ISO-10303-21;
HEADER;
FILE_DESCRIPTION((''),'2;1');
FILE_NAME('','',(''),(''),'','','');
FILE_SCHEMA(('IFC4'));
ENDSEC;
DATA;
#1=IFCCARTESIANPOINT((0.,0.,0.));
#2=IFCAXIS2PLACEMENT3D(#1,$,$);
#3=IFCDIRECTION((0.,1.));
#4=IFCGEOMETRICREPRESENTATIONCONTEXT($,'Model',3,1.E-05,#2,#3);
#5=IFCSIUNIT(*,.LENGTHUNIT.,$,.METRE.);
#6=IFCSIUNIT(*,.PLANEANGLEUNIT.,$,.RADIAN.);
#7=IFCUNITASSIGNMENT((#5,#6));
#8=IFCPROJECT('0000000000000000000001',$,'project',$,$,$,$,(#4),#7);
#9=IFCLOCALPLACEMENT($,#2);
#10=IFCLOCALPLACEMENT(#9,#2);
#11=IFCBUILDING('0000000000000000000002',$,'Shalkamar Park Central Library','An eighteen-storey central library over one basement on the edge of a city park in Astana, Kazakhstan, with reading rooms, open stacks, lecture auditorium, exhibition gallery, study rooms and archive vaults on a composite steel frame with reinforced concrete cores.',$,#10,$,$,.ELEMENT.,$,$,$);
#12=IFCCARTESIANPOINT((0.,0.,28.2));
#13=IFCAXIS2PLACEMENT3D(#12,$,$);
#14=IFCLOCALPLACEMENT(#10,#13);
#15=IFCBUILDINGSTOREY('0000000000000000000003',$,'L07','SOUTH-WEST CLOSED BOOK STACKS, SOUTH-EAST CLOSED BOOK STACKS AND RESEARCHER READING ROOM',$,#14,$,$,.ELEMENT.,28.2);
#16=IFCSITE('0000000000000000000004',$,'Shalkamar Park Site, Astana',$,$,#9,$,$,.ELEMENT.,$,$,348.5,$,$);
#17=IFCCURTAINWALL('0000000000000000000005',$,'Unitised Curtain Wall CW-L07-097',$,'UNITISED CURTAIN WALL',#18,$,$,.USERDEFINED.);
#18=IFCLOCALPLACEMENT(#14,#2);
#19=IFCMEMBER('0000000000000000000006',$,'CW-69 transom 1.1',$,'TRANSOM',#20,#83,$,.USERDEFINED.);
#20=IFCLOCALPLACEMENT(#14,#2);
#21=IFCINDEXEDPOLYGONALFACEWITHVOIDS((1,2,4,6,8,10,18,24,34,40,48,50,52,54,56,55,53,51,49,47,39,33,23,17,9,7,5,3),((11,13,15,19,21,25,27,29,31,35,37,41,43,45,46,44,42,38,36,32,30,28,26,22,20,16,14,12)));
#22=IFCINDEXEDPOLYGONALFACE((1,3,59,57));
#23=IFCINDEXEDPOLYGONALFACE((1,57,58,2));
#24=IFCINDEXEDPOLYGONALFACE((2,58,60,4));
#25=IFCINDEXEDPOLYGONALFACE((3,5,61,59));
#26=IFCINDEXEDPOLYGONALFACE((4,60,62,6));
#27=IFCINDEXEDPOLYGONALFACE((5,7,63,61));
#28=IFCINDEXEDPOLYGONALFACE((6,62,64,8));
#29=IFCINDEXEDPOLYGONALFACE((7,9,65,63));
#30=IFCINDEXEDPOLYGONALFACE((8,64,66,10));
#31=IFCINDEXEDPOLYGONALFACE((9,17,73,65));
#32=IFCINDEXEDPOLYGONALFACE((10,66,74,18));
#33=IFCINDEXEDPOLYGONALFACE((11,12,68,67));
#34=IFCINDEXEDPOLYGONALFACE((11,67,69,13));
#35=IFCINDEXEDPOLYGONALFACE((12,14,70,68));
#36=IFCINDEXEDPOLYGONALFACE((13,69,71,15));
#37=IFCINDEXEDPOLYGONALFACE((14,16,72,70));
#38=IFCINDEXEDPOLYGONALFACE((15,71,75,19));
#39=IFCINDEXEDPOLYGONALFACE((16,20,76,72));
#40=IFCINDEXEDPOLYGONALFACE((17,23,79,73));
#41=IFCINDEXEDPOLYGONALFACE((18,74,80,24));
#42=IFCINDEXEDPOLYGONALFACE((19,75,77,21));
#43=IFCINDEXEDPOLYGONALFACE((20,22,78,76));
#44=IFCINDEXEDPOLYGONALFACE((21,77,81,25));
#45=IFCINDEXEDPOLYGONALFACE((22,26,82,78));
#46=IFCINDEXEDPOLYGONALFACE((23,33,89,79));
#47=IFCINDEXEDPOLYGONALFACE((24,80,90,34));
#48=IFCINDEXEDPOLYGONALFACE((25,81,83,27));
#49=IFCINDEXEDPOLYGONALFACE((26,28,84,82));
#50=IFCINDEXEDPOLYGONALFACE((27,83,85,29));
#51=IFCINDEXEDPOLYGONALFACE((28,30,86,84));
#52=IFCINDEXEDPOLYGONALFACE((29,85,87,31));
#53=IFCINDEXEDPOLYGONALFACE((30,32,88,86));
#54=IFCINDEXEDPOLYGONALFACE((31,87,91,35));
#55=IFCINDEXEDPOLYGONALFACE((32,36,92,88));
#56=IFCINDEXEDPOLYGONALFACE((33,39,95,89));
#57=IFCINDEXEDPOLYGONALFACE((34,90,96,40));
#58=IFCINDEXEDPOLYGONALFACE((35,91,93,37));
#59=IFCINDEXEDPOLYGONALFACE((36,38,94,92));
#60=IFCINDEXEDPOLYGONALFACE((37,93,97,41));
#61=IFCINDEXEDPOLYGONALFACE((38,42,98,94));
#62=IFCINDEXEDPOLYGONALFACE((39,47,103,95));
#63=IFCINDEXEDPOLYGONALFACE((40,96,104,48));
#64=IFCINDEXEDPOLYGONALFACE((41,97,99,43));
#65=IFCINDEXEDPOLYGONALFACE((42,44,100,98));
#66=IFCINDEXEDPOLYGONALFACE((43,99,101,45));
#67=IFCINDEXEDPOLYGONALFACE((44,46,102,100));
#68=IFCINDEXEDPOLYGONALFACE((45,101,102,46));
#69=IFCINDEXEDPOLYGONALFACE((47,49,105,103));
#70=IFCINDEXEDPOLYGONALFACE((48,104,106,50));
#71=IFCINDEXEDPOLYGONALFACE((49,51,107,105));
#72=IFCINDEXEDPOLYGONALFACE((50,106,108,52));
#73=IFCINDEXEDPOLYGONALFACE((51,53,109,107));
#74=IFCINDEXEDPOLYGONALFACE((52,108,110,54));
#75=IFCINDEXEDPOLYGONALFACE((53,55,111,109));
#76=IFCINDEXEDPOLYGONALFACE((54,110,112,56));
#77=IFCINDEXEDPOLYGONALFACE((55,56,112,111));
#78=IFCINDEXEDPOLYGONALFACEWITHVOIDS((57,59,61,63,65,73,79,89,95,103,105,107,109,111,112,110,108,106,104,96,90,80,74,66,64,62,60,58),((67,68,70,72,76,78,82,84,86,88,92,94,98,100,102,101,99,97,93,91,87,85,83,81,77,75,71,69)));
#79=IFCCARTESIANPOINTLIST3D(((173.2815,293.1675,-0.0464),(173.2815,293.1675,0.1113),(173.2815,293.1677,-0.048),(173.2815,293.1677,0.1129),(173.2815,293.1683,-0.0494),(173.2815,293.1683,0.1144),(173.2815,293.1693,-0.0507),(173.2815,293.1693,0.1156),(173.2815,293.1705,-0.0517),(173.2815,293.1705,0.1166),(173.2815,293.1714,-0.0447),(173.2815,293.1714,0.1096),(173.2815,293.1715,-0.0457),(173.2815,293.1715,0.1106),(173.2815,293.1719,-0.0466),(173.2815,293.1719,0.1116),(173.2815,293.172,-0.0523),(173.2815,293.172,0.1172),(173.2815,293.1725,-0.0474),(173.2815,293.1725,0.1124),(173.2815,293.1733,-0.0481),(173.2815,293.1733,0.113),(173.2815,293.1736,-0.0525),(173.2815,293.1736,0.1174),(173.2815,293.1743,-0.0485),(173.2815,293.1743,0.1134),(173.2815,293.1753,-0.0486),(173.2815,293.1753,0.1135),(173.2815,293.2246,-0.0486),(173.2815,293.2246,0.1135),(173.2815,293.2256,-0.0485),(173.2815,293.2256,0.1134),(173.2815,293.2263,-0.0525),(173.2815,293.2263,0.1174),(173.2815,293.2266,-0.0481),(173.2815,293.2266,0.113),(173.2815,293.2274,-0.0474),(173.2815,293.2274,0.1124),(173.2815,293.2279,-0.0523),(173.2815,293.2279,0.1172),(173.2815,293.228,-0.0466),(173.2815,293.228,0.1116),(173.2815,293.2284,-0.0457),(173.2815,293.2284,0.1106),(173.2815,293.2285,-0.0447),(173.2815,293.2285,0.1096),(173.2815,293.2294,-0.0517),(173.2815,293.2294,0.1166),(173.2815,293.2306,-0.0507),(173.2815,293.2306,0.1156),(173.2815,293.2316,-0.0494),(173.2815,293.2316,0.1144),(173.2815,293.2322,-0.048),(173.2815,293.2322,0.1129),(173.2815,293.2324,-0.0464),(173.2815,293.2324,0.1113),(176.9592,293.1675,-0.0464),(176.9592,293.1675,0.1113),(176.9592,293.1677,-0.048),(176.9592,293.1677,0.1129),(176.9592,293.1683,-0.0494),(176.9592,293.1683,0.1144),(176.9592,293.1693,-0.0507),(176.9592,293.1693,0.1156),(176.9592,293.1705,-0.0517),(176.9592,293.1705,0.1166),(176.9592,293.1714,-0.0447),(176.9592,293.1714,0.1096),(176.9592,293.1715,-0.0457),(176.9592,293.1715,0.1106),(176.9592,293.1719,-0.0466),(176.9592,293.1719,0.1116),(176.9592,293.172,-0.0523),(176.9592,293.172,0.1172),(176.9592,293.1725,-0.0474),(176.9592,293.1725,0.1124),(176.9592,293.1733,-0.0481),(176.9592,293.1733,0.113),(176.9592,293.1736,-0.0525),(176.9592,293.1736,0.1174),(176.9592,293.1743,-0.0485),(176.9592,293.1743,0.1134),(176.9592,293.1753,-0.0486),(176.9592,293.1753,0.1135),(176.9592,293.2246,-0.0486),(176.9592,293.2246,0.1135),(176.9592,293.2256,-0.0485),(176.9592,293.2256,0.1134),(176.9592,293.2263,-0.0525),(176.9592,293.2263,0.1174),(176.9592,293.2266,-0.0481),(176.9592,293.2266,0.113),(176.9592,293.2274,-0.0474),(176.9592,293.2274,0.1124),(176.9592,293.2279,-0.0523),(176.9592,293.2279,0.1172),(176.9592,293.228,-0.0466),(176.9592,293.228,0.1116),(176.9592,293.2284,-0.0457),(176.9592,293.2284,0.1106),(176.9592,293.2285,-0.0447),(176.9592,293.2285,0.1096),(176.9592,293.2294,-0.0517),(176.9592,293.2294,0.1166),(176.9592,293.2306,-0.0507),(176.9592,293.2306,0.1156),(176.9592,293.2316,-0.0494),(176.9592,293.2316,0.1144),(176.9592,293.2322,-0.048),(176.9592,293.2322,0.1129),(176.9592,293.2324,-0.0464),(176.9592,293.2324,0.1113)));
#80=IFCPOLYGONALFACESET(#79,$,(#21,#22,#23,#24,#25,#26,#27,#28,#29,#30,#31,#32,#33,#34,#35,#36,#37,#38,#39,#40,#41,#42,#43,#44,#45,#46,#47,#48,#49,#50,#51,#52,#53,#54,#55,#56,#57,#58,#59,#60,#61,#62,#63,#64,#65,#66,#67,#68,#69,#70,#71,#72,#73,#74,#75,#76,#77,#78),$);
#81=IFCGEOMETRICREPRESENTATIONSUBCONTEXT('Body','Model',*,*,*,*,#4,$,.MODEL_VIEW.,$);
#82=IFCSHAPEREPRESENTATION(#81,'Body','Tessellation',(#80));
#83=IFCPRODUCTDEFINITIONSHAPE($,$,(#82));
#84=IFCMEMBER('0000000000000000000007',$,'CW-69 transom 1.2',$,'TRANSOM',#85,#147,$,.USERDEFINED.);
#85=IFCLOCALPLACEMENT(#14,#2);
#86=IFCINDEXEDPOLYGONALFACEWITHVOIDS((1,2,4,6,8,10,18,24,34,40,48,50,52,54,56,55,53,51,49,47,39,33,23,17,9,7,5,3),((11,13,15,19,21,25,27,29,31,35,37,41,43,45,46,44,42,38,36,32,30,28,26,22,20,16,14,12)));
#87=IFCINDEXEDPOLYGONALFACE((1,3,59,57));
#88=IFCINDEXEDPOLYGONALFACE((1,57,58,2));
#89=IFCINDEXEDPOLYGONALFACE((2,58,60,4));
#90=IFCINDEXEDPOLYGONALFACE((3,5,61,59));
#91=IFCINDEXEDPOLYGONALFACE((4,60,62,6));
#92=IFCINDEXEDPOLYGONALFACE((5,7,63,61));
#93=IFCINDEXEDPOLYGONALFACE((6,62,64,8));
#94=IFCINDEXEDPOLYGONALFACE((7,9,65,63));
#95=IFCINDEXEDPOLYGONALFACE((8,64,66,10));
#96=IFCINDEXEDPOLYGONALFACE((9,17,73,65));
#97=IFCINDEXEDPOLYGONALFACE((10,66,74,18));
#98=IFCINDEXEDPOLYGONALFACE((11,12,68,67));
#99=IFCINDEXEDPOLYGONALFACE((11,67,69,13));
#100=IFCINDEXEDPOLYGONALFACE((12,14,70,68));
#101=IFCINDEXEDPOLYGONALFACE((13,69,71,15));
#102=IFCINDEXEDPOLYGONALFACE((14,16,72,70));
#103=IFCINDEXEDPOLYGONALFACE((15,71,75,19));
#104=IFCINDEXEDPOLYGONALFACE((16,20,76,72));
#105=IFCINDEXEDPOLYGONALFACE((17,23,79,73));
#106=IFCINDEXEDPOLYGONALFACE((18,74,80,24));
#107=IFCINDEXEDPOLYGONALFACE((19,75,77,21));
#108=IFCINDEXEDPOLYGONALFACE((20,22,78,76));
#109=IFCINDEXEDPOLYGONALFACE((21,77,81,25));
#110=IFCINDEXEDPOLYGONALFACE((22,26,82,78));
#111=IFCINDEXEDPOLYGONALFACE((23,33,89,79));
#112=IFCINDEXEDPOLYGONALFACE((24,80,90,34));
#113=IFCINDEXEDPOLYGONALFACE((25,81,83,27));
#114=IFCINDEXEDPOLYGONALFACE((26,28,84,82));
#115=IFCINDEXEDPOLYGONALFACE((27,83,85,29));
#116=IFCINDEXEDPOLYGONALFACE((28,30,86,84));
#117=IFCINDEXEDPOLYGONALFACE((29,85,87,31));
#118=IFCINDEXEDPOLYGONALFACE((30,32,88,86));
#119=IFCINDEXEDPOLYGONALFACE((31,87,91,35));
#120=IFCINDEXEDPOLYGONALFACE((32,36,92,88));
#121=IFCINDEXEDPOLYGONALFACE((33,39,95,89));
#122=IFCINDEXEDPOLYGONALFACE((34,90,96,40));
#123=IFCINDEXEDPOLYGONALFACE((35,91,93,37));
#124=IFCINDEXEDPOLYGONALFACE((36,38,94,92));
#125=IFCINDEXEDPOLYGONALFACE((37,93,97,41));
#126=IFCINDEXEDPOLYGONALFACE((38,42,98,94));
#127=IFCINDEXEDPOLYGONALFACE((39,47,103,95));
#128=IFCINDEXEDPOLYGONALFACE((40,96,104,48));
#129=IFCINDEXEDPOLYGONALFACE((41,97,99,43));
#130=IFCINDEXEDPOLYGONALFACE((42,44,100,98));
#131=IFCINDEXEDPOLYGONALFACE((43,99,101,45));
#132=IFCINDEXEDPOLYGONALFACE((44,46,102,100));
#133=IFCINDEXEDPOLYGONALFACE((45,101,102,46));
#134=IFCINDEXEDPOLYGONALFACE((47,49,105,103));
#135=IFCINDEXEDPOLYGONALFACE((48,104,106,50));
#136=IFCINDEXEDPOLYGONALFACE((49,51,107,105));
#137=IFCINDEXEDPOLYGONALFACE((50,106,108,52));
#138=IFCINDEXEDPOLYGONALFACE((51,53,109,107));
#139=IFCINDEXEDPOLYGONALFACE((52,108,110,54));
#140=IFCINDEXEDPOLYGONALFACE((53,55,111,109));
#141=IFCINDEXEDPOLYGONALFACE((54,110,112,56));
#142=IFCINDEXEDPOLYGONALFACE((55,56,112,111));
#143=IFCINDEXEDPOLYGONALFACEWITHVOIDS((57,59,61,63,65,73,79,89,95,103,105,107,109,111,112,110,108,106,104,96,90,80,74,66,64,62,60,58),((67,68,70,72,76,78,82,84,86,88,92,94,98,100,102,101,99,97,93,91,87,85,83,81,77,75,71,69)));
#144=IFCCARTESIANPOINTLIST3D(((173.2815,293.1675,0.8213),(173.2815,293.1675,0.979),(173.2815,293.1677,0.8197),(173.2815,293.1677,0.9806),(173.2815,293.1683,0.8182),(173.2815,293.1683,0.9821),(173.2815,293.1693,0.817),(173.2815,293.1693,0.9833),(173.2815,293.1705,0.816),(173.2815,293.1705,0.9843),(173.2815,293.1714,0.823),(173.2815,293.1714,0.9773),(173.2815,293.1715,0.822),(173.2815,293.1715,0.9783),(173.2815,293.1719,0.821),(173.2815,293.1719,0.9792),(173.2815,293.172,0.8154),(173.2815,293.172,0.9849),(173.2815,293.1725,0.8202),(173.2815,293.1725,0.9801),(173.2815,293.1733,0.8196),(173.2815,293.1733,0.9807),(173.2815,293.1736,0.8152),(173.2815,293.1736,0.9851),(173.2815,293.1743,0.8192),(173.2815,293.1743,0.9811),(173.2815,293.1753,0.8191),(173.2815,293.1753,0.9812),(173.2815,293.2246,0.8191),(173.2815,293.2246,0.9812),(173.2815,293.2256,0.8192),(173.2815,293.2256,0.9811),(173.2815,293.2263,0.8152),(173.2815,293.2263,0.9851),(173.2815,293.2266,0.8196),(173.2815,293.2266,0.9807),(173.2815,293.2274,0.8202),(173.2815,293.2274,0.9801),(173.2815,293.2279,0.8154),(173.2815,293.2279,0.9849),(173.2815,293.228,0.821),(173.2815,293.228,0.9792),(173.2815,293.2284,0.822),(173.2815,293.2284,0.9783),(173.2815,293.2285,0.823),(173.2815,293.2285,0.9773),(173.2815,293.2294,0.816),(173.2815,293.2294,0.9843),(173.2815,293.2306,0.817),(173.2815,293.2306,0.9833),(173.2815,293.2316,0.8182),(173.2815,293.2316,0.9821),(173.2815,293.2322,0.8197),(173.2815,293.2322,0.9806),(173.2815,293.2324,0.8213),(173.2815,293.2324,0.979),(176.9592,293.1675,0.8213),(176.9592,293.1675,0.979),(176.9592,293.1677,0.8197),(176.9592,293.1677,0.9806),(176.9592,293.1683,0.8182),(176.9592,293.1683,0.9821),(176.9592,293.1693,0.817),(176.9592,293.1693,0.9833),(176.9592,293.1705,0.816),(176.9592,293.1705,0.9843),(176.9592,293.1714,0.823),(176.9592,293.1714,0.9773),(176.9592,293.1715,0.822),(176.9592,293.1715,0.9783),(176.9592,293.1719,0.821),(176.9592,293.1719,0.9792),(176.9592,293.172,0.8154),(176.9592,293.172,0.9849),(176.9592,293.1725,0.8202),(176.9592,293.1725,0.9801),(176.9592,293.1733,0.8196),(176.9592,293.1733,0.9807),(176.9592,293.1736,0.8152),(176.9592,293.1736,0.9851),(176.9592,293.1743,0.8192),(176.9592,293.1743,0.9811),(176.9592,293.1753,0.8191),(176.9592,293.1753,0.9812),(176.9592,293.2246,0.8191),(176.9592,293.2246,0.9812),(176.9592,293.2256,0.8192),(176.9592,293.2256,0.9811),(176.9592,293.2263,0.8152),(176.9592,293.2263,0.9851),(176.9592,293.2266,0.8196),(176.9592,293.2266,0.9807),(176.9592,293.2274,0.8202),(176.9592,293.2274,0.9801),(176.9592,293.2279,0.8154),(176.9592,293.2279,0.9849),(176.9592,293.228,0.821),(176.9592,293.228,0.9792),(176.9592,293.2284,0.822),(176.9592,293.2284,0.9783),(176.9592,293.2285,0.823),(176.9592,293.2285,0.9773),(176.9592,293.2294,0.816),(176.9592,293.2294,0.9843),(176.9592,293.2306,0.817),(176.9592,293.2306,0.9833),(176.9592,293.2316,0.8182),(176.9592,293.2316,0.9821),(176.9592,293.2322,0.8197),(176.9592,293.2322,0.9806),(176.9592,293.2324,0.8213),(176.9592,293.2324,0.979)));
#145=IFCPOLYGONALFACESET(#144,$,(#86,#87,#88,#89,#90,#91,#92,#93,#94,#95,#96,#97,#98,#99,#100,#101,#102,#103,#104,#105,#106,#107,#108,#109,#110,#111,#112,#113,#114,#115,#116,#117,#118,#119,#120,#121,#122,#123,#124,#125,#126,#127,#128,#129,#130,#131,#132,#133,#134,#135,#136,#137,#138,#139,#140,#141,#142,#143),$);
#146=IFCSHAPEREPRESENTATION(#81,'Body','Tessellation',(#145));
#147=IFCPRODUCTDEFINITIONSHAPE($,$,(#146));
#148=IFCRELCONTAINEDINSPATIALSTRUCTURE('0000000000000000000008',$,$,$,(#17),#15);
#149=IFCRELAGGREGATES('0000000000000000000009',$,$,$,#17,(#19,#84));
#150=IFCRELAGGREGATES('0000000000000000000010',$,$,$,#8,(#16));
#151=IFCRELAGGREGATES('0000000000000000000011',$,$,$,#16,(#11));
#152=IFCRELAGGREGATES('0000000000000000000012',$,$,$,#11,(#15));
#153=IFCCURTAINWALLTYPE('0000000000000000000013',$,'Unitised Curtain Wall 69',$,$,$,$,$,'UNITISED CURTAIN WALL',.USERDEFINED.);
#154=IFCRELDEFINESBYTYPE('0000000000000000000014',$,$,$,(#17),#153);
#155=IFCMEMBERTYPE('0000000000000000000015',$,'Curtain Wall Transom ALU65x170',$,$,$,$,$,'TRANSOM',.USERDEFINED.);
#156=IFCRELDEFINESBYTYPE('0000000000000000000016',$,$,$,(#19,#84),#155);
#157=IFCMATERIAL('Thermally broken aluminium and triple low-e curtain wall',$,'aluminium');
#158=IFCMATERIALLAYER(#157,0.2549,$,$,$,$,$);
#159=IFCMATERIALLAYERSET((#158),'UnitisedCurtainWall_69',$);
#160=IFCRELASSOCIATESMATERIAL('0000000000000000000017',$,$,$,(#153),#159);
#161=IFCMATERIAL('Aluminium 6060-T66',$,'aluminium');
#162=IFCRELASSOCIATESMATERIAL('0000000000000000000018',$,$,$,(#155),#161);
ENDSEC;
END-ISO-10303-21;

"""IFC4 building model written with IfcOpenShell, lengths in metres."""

from ifc_helpers import new_model, si_unit, direction, frame, origin, origin_2d, place, context, subcontext, project, spatial, hollow_rectangle, extrude, material, layer, layer_set, material_profile, profile_set, type_object, element, aggregate, save


model = new_model("IFC4")

# Units and contexts
model_context = context("Model", 3, precision=1e-05, world=origin(), true_north=direction((0.0, 1.0)))
body_context = subcontext(model_context, "Body", "Model", "MODEL_VIEW")
ifc_project = project(units=[si_unit("LENGTHUNIT", "METRE"), si_unit("PLANEANGLEUNIT", "RADIAN")], contexts=[model_context])

# Site, building, storey
site_placement = place(None, origin())
site = spatial("IfcSite", under=ifc_project, at=site_placement, Name="Shalkamar Park Site, Astana", CompositionType="ELEMENT", RefElevation=348.5)
building_placement = place(site_placement, origin())
building = spatial("IfcBuilding", under=site, at=building_placement, Name="Shalkamar Park Central Library", Description="An eighteen-storey central library over one basement on the edge of a city park in Astana, Kazakhstan, with reading rooms, open stacks, lecture auditorium, exhibition gallery, study rooms and archive vaults on a composite steel frame with reinforced concrete cores.", CompositionType="ELEMENT")
storey_placement = place(building_placement, frame((0.0, 0.0, 28.2)))
storey = spatial("IfcBuildingStorey", under=building, at=storey_placement, Name="L07", Description="SOUTH-WEST CLOSED BOOK STACKS, SOUTH-EAST CLOSED BOOK STACKS AND RESEARCHER READING ROOM", CompositionType="ELEMENT", Elevation=28.2)

# Shared definitions
ifc_material_1 = material(Name="Thermally broken aluminium and triple low-e curtain wall", Category="aluminium")
ifc_material_2 = material(Name="Aluminium 6060-T66", Category="aluminium")

# Curtain wall
ifc_layer_1 = layer(ifc_material_1, 0.2549)
ifc_layer_set_1 = layer_set([ifc_layer_1], Name="UnitisedCurtainWall_69")
curtain_wall_type_1 = type_object("IfcCurtainWallType", Name="Unitised Curtain Wall 69", ElementType="UNITISED CURTAIN WALL", PredefinedType="USERDEFINED", material=ifc_layer_set_1)
curtain_wall_1_placement = place(storey_placement, origin())
curtain_wall_1 = element("IfcCurtainWall", 1, at=curtain_wall_1_placement, inside=storey, type_object=curtain_wall_type_1, Name="Unitised Curtain Wall CW-L07-097", ObjectType="UNITISED CURTAIN WALL", PredefinedType="USERDEFINED")

# Members
ifc_material_profile_1 = material_profile(ifc_material_2, hollow_rectangle(XDim=0.0649, YDim=0.1699, WallThickness=0.0039, InnerFilletRadius=0.0039, OuterFilletRadius=0.0061, at=origin_2d()), Name="ALU 65x170x4")
ifc_profile_set_1 = profile_set([ifc_material_profile_1], Name="Aluminium 6060-T66")
member_type_1 = type_object("IfcMemberType", Name="Curtain Wall Transom ALU65x170", ElementType="TRANSOM", PredefinedType="USERDEFINED", material=ifc_profile_set_1)
member_1_placement = place(storey_placement, frame((173.2815, 293.2, 0.0325), z_axis=(1.0, 0.0, 0.0), x_axis=(0.0, 1.0, 0.0)))
member_1 = element("IfcMember", 2, at=member_1_placement, type_object=member_type_1, Name="CW-69 transom 1.1", ObjectType="TRANSOM", PredefinedType="USERDEFINED", context=body_context, shape_type="SweptSolid", body=[
    extrude(hollow_rectangle(XDim=0.0649, YDim=0.1699, WallThickness=0.0039, InnerFilletRadius=0.0039, OuterFilletRadius=0.0061, at=origin_2d()), origin(), (0.0, 0.0, 1.0), 3.6777),
])
member_2_placement = place(storey_placement, frame((173.2815, 293.2, 0.9001), z_axis=(1.0, 0.0, 0.0), x_axis=(0.0, 1.0, 0.0)))
member_2 = element("IfcMember", 3, at=member_2_placement, type_object=member_type_1, Name="CW-69 transom 1.2", ObjectType="TRANSOM", PredefinedType="USERDEFINED", context=body_context, shape_type="SweptSolid", body=[
    extrude(hollow_rectangle(XDim=0.0649, YDim=0.1699, WallThickness=0.0039, InnerFilletRadius=0.0039, OuterFilletRadius=0.0061, at=origin_2d()), origin(), (0.0, 0.0, 1.0), 3.6777),
])
aggregate(curtain_wall_1, [member_1, member_2])

save(model, "model.ifc")
